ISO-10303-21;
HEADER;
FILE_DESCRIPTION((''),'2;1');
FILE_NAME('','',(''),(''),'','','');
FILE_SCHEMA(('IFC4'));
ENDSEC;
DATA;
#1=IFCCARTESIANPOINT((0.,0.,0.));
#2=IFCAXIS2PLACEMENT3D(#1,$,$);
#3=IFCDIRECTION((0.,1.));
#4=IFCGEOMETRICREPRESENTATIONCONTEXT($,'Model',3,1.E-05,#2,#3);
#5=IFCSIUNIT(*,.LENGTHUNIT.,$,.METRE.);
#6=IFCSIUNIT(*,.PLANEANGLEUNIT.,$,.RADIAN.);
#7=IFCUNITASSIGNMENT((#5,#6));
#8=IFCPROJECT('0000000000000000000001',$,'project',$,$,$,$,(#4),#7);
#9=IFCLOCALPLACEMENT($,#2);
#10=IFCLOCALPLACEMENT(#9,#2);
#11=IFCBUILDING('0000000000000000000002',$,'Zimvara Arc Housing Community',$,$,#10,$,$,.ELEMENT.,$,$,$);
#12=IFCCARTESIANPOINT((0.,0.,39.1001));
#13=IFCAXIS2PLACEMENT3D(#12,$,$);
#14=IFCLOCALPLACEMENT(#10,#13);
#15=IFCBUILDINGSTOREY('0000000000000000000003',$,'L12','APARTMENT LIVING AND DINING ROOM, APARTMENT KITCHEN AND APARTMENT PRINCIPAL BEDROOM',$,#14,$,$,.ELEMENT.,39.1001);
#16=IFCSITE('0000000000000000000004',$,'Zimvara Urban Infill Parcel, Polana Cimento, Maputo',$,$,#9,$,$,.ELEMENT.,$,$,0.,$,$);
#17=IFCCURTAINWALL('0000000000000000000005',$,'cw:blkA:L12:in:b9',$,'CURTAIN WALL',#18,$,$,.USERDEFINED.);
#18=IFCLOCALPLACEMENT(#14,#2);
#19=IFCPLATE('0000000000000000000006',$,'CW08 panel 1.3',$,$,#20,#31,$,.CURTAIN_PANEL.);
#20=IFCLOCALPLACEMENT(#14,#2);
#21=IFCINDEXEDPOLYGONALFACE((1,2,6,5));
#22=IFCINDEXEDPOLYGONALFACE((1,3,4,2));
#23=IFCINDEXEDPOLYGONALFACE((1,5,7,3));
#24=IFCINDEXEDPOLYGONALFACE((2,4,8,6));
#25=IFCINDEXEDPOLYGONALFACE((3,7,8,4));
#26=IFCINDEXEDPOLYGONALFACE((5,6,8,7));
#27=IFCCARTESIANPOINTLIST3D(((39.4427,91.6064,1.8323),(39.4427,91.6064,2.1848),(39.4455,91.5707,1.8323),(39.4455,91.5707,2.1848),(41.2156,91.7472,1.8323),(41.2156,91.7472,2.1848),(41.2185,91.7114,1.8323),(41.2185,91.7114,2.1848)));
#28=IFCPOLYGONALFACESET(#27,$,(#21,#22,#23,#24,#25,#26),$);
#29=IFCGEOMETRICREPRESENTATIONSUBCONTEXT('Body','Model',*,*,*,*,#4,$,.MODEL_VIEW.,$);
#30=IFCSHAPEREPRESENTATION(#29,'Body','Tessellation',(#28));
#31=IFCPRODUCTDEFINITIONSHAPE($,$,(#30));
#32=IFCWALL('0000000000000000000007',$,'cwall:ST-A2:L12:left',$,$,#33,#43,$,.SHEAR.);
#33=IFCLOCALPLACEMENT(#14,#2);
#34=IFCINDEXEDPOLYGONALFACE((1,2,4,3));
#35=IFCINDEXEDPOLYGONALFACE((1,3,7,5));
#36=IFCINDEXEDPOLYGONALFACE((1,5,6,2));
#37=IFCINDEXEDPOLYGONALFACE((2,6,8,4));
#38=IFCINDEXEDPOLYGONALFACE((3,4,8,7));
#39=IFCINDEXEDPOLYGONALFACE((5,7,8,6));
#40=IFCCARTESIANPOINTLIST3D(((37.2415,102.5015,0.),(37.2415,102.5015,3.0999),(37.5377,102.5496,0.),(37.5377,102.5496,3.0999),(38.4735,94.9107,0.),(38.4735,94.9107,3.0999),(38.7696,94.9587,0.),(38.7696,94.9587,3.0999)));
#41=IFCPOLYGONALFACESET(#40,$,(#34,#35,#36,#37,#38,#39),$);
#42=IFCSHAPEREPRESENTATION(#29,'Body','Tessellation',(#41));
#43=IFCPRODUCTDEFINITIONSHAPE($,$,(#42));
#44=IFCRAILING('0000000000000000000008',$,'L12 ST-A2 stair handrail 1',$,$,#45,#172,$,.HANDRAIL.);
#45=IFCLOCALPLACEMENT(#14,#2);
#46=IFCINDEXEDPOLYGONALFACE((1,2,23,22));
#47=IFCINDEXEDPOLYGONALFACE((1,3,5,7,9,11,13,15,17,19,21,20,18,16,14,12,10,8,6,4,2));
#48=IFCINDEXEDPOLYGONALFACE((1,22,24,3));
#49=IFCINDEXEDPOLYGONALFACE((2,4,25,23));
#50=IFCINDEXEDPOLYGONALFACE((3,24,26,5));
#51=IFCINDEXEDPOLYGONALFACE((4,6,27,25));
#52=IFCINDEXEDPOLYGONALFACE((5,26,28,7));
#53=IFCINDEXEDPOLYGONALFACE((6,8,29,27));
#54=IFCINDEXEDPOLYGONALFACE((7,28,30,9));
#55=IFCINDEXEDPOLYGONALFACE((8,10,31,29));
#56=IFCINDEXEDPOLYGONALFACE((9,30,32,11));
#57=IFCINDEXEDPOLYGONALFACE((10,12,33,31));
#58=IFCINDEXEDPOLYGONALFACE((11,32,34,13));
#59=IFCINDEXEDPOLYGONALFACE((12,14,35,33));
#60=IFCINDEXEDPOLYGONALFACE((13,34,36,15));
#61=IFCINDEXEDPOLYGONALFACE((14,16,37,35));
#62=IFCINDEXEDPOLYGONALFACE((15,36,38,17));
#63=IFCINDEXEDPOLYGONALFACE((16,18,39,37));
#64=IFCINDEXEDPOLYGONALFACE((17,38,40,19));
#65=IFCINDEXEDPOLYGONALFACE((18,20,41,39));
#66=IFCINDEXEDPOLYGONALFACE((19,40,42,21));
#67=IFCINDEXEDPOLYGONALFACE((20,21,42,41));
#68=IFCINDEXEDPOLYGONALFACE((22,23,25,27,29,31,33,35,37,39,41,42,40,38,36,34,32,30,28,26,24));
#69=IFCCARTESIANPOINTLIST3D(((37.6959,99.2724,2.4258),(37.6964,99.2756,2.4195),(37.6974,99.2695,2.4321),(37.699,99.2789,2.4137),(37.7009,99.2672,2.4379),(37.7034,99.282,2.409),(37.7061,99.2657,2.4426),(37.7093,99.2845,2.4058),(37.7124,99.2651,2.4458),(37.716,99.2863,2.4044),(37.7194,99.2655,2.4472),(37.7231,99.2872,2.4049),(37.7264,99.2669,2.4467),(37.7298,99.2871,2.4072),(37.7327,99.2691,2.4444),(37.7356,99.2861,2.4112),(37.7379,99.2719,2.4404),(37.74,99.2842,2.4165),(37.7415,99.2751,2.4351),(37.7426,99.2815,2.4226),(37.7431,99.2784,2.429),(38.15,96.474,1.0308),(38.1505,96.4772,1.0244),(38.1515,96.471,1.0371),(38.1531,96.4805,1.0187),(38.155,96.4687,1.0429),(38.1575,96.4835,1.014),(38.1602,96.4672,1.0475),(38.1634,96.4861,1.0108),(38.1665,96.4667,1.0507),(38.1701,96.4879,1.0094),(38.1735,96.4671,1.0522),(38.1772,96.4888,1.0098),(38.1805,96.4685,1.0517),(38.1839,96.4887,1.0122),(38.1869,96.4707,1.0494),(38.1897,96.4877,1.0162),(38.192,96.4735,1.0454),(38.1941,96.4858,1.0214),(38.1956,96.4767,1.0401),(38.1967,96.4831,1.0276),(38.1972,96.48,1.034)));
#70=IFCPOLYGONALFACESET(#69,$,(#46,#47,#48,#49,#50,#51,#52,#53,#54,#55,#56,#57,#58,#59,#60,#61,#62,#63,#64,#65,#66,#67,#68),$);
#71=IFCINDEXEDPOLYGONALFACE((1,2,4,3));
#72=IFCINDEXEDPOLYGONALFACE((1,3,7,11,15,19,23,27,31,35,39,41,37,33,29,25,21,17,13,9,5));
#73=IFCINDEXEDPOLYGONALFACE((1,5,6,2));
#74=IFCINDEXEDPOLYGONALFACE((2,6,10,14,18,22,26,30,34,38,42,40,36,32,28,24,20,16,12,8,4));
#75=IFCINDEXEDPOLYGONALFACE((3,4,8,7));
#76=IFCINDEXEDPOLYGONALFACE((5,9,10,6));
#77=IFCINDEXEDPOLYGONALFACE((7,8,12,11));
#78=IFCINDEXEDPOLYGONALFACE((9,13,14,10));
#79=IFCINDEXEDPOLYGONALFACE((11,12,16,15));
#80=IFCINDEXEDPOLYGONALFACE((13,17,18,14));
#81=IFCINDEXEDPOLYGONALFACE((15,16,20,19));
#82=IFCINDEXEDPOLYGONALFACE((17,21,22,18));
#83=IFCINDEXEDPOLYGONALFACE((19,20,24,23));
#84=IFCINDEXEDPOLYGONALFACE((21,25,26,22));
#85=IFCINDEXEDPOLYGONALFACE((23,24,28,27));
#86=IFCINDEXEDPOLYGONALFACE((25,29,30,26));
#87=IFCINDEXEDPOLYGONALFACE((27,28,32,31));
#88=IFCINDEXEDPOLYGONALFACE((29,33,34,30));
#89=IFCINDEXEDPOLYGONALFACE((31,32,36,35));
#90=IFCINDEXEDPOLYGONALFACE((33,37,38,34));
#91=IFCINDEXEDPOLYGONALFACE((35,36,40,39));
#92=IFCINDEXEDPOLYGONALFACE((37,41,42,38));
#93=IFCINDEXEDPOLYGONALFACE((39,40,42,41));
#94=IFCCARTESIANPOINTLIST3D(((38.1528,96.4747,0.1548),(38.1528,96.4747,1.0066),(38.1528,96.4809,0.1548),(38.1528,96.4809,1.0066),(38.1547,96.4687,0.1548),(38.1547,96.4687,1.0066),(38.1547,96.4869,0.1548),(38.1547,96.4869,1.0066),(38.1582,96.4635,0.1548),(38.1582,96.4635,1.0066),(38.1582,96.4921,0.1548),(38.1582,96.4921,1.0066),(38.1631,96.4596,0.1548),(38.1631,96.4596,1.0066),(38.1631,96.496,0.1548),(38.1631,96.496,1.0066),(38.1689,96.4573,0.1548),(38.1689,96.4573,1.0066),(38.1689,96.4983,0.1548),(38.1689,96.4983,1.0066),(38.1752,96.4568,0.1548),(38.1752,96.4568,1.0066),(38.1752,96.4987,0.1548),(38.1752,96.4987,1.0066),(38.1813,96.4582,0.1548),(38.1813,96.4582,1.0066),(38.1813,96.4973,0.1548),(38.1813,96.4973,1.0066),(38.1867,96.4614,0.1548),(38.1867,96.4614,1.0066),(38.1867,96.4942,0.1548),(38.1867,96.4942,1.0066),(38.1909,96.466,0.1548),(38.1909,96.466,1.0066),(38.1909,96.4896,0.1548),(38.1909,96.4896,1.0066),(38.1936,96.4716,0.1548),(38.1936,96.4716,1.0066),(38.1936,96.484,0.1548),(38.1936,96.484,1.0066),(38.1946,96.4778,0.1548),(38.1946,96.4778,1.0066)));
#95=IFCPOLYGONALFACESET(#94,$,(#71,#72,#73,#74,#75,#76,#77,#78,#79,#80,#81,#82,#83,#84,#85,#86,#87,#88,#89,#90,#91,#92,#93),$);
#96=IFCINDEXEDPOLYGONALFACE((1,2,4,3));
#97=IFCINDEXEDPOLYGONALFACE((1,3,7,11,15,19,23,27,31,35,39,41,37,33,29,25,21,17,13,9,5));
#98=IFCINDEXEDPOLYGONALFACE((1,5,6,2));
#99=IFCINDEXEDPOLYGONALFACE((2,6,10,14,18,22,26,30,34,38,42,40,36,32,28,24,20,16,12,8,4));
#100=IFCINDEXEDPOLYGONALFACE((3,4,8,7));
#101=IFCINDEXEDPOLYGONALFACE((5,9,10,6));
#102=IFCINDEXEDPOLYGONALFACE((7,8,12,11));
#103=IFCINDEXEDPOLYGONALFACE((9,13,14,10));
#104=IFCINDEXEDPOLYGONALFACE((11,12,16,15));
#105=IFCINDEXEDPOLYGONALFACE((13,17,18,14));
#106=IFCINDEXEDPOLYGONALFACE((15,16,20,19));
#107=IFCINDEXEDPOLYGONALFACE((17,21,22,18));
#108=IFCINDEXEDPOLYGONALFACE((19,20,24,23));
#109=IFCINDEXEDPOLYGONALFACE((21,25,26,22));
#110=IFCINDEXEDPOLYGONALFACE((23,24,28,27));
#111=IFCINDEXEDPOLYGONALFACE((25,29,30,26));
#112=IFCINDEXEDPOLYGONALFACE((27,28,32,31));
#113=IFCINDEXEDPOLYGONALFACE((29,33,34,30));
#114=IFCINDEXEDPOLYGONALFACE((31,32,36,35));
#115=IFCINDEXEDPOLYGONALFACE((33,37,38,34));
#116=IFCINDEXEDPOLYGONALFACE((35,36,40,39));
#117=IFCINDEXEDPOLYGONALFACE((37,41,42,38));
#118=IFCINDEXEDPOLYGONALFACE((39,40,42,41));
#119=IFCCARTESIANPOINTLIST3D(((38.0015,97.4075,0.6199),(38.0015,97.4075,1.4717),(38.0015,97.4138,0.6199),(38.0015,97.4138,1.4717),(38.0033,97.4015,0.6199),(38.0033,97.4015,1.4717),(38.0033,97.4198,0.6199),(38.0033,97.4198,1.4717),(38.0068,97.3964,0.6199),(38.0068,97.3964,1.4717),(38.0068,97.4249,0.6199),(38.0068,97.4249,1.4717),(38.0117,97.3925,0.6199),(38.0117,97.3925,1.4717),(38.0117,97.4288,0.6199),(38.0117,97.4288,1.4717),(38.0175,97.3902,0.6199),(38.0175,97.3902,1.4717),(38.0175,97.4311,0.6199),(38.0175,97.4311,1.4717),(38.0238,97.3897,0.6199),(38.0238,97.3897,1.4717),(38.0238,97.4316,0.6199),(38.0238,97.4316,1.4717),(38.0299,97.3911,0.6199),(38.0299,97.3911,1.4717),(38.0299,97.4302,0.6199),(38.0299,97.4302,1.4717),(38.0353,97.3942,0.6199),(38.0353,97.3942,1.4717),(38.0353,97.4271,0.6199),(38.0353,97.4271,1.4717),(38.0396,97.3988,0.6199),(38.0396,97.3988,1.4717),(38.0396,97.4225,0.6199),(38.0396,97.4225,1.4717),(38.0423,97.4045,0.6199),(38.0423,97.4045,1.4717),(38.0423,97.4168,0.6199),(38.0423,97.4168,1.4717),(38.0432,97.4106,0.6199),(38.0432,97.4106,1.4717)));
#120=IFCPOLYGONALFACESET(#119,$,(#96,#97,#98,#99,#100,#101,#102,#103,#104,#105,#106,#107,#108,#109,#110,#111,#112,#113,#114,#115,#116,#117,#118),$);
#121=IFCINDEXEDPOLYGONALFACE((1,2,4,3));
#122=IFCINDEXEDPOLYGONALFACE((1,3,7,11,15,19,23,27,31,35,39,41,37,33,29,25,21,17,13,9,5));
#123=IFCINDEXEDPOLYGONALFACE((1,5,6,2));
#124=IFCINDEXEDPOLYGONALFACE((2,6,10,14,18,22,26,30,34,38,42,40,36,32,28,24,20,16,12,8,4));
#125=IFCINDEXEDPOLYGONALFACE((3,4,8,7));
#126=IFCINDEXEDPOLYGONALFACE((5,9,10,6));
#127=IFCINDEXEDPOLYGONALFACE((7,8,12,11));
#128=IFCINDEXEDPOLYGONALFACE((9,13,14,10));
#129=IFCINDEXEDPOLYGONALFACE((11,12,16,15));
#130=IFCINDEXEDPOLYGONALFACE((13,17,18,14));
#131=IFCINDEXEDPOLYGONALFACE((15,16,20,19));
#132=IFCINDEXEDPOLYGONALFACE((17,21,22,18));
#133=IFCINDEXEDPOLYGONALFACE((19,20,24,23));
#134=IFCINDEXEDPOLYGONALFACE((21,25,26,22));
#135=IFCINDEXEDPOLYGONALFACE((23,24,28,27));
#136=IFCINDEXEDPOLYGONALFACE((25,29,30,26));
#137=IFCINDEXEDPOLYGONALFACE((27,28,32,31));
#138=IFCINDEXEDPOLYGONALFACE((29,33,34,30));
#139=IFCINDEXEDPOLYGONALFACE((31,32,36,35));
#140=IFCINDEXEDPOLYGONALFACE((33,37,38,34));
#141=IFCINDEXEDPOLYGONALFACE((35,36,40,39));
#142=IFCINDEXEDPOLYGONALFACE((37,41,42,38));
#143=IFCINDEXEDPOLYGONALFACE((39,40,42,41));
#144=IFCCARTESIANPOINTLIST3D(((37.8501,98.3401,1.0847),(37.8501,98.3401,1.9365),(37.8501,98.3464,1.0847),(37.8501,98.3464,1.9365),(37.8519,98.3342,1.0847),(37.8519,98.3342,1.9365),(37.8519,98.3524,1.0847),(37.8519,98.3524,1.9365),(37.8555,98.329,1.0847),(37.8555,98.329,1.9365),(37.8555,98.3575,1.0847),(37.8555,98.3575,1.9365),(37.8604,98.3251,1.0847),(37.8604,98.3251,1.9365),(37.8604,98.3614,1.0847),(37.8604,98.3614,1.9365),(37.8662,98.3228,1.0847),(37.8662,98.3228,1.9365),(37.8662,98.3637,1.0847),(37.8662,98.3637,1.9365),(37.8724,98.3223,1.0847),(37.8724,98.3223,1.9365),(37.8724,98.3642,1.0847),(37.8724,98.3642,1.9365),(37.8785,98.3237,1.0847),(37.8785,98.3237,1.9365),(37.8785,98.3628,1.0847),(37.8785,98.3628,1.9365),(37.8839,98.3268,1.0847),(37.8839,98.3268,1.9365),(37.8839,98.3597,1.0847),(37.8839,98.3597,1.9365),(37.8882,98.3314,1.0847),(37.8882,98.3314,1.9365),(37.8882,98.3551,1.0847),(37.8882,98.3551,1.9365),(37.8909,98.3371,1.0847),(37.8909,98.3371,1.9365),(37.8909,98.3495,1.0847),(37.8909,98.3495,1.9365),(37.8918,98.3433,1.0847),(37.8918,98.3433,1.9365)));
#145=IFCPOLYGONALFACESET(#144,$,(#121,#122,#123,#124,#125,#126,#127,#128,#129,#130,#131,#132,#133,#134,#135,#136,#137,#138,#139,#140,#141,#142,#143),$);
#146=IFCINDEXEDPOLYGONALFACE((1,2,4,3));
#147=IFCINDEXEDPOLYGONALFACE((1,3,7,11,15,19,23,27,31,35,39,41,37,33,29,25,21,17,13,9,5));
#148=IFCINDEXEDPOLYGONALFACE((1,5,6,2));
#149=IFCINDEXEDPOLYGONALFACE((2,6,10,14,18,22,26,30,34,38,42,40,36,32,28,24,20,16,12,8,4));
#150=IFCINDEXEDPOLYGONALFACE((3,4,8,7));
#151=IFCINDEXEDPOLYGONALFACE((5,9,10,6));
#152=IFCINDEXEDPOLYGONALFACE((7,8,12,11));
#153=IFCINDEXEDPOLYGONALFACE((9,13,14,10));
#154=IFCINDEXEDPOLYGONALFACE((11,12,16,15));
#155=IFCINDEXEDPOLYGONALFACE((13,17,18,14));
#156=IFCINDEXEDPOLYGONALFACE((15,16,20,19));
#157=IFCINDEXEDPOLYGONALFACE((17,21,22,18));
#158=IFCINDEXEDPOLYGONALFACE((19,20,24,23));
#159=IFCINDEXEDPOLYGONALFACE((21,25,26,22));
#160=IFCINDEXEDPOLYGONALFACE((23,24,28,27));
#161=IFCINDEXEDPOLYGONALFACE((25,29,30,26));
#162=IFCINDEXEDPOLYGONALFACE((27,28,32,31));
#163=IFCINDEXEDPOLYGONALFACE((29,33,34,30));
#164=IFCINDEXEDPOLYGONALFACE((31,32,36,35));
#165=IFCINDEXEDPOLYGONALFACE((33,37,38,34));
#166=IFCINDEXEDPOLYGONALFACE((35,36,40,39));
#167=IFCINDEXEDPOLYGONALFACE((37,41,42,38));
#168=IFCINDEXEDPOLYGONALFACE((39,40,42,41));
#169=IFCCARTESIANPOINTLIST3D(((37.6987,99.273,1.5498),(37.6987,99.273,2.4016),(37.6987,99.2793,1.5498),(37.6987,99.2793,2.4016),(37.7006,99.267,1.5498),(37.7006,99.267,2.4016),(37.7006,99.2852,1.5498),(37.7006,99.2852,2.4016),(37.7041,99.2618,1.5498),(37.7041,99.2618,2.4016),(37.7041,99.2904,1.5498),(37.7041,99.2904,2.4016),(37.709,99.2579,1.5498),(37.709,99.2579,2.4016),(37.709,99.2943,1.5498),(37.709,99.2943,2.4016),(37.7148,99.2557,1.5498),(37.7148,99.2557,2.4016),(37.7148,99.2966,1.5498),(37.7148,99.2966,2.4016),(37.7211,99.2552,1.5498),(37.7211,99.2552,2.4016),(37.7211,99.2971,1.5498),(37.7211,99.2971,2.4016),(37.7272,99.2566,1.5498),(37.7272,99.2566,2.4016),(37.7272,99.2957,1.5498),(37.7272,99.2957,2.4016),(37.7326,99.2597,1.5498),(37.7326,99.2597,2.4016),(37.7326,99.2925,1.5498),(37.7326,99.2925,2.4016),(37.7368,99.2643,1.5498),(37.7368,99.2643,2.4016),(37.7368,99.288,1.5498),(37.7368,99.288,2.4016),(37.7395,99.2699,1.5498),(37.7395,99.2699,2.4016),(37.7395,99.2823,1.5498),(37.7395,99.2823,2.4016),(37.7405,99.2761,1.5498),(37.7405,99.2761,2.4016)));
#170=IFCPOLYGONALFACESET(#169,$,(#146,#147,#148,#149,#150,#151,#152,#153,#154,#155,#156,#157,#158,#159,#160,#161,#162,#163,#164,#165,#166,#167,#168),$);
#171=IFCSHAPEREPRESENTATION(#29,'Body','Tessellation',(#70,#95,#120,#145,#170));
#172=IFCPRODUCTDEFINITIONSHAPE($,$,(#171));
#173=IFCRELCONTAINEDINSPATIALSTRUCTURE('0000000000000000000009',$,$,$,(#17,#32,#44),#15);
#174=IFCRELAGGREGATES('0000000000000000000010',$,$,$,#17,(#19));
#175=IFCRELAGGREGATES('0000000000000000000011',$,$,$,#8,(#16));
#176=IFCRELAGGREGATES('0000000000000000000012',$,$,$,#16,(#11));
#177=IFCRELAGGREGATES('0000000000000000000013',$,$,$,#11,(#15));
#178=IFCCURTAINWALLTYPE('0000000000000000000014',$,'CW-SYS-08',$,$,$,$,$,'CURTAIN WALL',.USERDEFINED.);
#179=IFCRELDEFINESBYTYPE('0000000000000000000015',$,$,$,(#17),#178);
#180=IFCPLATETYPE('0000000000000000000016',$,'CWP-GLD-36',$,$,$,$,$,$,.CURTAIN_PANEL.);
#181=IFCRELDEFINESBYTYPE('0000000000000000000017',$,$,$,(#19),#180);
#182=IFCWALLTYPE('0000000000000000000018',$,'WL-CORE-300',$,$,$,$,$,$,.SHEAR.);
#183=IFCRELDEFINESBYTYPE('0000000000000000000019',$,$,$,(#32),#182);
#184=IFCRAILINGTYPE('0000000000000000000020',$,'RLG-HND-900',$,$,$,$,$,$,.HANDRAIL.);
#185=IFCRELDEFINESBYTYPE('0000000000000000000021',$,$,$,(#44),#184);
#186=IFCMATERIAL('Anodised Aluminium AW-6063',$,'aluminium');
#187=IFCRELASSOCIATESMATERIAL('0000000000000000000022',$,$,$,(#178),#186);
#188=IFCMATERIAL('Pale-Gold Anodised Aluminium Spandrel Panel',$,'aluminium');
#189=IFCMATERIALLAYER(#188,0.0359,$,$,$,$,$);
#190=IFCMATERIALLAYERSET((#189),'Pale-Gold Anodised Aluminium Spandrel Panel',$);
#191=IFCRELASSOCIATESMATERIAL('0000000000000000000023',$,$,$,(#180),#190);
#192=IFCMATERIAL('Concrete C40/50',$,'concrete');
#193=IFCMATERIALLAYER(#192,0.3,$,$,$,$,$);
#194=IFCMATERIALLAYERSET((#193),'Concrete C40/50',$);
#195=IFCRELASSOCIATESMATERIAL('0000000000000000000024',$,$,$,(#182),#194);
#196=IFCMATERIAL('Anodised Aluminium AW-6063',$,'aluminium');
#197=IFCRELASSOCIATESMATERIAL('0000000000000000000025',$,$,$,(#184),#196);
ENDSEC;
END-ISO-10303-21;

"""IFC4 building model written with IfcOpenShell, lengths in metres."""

from ifc_helpers import new_model, si_unit, direction, frame, frame_2d, origin, origin_2d, place, context, subcontext, project, spatial, rectangle, circle, extrude, material, layer, layer_set, type_object, element, aggregate, save


model = new_model("IFC4")

# Units and contexts
model_context = context("Model", 3, precision=1e-05, world=origin(), true_north=direction((0.0, 1.0)))
body_context = subcontext(model_context, "Body", "Model", "MODEL_VIEW")
ifc_project = project(units=[si_unit("LENGTHUNIT", "METRE"), si_unit("PLANEANGLEUNIT", "RADIAN")], contexts=[model_context])

# Site, building, storey
site_placement = place(None, origin())
site = spatial("IfcSite", under=ifc_project, at=site_placement, Name="Zimvara Urban Infill Parcel, Polana Cimento, Maputo", CompositionType="ELEMENT", RefElevation=0.0)
building_placement = place(site_placement, origin())
building = spatial("IfcBuilding", under=site, at=building_placement, Name="Zimvara Arc Housing Community", CompositionType="ELEMENT")
storey_placement = place(building_placement, frame((0.0, 0.0, 39.1001)))
storey = spatial("IfcBuildingStorey", under=building, at=storey_placement, Name="L12", Description="APARTMENT LIVING AND DINING ROOM, APARTMENT KITCHEN AND APARTMENT PRINCIPAL BEDROOM", CompositionType="ELEMENT", Elevation=39.1001)

# Curtain wall, plate
ifc_material_1 = material(Name="Anodised Aluminium AW-6063", Category="aluminium")
curtain_wall_type = type_object("IfcCurtainWallType", Name="CW-SYS-08", ElementType="CURTAIN WALL", PredefinedType="USERDEFINED", material=ifc_material_1)
curtain_wall_placement = place(storey_placement, origin())
curtain_wall = element("IfcCurtainWall", 1, at=curtain_wall_placement, inside=storey, type_object=curtain_wall_type, Name="cw:blkA:L12:in:b9", ObjectType="CURTAIN WALL", PredefinedType="USERDEFINED")
ifc_material_2 = material(Name="Pale-Gold Anodised Aluminium Spandrel Panel", Category="aluminium")
ifc_layer_1 = layer(ifc_material_2, 0.0359)
ifc_layer_set_1 = layer_set([ifc_layer_1], Name="Pale-Gold Anodised Aluminium Spandrel Panel")
plate_type = type_object("IfcPlateType", Name="CWP-GLD-36", PredefinedType="CURTAIN_PANEL", material=ifc_layer_set_1)
plate_1_placement = place(storey_placement, frame((40.3306, 91.6589, 1.8323), z_axis=(0.0, 0.0, 1.0), x_axis=(0.996862, 0.079155, 0.0)))
plate_1 = element("IfcPlate", 2, at=plate_1_placement, type_object=plate_type, Name="CW08 panel 1.3", PredefinedType="CURTAIN_PANEL", context=body_context, shape_type="SweptSolid", body=[
    extrude(rectangle(XDim=1.7786, YDim=0.0359, at=origin_2d()), origin(), (0.0, 0.0, 1.0), 0.3525),
])
aggregate(curtain_wall, [plate_1])

# Shared definitions
ifc_material_3 = material(Name="Concrete C40/50", Category="concrete")
ifc_layer_2 = layer(ifc_material_3, 0.3)
ifc_layer_set_2 = layer_set([ifc_layer_2], Name="Concrete C40/50")
wall_type_1 = type_object("IfcWallType", Name="WL-CORE-300", PredefinedType="SHEAR", material=ifc_layer_set_2)

# Wall
wall_1_placement = place(storey_placement, frame((38.6216, 94.9346, 0.0), z_axis=(0.0, 0.0, 1.0), x_axis=(-0.160197, 0.987085, 0.0)))
element("IfcWall", 3, at=wall_1_placement, inside=storey, type_object=wall_type_1, Name="cwall:ST-A2:L12:left", PredefinedType="SHEAR", context=body_context, shape_type="SweptSolid", body=[
    extrude(rectangle(XDim=7.6902, YDim=0.3, at=frame_2d((3.8452, 0.0))), origin(), (0.0, 0.0, 1.0), 3.0999),
])

# Railing
ifc_material_4 = material(Name="Anodised Aluminium AW-6063", Category="aluminium")
railing_type = type_object("IfcRailingType", Name="RLG-HND-900", PredefinedType="HANDRAIL", material=ifc_material_4)
railing_placement = place(storey_placement, frame((38.1736, 96.4778, 0.1548)))
element("IfcRailing", 4, at=railing_placement, inside=storey, type_object=railing_type, Name="L12 ST-A2 stair handrail 1", PredefinedType="HANDRAIL", context=body_context, shape_type="SweptSolid", body=[
    extrude(circle(Radius=0.0239, at=origin_2d()), frame((0.0, 0.0, 0.876), z_axis=(-0.143722, 0.885666, 0.44152), x_axis=(-0.987088, -0.16018, 0.0)), (0.0, 0.0, 1.0), 3.1597),
    extrude(circle(Radius=0.021, at=origin_2d()), origin(), (0.0, 0.0, 1.0), 0.8518),
    extrude(circle(Radius=0.021, at=origin_2d()), frame((-0.1514, 0.9329, 0.4651)), (0.0, 0.0, 1.0), 0.8518),
    extrude(circle(Radius=0.021, at=origin_2d()), frame((-0.3027, 1.8655, 0.9299)), (0.0, 0.0, 1.0), 0.8518),
    extrude(circle(Radius=0.021, at=origin_2d()), frame((-0.4541, 2.7983, 1.395)), (0.0, 0.0, 1.0), 0.8518),
])

save(model, "model.ifc")
